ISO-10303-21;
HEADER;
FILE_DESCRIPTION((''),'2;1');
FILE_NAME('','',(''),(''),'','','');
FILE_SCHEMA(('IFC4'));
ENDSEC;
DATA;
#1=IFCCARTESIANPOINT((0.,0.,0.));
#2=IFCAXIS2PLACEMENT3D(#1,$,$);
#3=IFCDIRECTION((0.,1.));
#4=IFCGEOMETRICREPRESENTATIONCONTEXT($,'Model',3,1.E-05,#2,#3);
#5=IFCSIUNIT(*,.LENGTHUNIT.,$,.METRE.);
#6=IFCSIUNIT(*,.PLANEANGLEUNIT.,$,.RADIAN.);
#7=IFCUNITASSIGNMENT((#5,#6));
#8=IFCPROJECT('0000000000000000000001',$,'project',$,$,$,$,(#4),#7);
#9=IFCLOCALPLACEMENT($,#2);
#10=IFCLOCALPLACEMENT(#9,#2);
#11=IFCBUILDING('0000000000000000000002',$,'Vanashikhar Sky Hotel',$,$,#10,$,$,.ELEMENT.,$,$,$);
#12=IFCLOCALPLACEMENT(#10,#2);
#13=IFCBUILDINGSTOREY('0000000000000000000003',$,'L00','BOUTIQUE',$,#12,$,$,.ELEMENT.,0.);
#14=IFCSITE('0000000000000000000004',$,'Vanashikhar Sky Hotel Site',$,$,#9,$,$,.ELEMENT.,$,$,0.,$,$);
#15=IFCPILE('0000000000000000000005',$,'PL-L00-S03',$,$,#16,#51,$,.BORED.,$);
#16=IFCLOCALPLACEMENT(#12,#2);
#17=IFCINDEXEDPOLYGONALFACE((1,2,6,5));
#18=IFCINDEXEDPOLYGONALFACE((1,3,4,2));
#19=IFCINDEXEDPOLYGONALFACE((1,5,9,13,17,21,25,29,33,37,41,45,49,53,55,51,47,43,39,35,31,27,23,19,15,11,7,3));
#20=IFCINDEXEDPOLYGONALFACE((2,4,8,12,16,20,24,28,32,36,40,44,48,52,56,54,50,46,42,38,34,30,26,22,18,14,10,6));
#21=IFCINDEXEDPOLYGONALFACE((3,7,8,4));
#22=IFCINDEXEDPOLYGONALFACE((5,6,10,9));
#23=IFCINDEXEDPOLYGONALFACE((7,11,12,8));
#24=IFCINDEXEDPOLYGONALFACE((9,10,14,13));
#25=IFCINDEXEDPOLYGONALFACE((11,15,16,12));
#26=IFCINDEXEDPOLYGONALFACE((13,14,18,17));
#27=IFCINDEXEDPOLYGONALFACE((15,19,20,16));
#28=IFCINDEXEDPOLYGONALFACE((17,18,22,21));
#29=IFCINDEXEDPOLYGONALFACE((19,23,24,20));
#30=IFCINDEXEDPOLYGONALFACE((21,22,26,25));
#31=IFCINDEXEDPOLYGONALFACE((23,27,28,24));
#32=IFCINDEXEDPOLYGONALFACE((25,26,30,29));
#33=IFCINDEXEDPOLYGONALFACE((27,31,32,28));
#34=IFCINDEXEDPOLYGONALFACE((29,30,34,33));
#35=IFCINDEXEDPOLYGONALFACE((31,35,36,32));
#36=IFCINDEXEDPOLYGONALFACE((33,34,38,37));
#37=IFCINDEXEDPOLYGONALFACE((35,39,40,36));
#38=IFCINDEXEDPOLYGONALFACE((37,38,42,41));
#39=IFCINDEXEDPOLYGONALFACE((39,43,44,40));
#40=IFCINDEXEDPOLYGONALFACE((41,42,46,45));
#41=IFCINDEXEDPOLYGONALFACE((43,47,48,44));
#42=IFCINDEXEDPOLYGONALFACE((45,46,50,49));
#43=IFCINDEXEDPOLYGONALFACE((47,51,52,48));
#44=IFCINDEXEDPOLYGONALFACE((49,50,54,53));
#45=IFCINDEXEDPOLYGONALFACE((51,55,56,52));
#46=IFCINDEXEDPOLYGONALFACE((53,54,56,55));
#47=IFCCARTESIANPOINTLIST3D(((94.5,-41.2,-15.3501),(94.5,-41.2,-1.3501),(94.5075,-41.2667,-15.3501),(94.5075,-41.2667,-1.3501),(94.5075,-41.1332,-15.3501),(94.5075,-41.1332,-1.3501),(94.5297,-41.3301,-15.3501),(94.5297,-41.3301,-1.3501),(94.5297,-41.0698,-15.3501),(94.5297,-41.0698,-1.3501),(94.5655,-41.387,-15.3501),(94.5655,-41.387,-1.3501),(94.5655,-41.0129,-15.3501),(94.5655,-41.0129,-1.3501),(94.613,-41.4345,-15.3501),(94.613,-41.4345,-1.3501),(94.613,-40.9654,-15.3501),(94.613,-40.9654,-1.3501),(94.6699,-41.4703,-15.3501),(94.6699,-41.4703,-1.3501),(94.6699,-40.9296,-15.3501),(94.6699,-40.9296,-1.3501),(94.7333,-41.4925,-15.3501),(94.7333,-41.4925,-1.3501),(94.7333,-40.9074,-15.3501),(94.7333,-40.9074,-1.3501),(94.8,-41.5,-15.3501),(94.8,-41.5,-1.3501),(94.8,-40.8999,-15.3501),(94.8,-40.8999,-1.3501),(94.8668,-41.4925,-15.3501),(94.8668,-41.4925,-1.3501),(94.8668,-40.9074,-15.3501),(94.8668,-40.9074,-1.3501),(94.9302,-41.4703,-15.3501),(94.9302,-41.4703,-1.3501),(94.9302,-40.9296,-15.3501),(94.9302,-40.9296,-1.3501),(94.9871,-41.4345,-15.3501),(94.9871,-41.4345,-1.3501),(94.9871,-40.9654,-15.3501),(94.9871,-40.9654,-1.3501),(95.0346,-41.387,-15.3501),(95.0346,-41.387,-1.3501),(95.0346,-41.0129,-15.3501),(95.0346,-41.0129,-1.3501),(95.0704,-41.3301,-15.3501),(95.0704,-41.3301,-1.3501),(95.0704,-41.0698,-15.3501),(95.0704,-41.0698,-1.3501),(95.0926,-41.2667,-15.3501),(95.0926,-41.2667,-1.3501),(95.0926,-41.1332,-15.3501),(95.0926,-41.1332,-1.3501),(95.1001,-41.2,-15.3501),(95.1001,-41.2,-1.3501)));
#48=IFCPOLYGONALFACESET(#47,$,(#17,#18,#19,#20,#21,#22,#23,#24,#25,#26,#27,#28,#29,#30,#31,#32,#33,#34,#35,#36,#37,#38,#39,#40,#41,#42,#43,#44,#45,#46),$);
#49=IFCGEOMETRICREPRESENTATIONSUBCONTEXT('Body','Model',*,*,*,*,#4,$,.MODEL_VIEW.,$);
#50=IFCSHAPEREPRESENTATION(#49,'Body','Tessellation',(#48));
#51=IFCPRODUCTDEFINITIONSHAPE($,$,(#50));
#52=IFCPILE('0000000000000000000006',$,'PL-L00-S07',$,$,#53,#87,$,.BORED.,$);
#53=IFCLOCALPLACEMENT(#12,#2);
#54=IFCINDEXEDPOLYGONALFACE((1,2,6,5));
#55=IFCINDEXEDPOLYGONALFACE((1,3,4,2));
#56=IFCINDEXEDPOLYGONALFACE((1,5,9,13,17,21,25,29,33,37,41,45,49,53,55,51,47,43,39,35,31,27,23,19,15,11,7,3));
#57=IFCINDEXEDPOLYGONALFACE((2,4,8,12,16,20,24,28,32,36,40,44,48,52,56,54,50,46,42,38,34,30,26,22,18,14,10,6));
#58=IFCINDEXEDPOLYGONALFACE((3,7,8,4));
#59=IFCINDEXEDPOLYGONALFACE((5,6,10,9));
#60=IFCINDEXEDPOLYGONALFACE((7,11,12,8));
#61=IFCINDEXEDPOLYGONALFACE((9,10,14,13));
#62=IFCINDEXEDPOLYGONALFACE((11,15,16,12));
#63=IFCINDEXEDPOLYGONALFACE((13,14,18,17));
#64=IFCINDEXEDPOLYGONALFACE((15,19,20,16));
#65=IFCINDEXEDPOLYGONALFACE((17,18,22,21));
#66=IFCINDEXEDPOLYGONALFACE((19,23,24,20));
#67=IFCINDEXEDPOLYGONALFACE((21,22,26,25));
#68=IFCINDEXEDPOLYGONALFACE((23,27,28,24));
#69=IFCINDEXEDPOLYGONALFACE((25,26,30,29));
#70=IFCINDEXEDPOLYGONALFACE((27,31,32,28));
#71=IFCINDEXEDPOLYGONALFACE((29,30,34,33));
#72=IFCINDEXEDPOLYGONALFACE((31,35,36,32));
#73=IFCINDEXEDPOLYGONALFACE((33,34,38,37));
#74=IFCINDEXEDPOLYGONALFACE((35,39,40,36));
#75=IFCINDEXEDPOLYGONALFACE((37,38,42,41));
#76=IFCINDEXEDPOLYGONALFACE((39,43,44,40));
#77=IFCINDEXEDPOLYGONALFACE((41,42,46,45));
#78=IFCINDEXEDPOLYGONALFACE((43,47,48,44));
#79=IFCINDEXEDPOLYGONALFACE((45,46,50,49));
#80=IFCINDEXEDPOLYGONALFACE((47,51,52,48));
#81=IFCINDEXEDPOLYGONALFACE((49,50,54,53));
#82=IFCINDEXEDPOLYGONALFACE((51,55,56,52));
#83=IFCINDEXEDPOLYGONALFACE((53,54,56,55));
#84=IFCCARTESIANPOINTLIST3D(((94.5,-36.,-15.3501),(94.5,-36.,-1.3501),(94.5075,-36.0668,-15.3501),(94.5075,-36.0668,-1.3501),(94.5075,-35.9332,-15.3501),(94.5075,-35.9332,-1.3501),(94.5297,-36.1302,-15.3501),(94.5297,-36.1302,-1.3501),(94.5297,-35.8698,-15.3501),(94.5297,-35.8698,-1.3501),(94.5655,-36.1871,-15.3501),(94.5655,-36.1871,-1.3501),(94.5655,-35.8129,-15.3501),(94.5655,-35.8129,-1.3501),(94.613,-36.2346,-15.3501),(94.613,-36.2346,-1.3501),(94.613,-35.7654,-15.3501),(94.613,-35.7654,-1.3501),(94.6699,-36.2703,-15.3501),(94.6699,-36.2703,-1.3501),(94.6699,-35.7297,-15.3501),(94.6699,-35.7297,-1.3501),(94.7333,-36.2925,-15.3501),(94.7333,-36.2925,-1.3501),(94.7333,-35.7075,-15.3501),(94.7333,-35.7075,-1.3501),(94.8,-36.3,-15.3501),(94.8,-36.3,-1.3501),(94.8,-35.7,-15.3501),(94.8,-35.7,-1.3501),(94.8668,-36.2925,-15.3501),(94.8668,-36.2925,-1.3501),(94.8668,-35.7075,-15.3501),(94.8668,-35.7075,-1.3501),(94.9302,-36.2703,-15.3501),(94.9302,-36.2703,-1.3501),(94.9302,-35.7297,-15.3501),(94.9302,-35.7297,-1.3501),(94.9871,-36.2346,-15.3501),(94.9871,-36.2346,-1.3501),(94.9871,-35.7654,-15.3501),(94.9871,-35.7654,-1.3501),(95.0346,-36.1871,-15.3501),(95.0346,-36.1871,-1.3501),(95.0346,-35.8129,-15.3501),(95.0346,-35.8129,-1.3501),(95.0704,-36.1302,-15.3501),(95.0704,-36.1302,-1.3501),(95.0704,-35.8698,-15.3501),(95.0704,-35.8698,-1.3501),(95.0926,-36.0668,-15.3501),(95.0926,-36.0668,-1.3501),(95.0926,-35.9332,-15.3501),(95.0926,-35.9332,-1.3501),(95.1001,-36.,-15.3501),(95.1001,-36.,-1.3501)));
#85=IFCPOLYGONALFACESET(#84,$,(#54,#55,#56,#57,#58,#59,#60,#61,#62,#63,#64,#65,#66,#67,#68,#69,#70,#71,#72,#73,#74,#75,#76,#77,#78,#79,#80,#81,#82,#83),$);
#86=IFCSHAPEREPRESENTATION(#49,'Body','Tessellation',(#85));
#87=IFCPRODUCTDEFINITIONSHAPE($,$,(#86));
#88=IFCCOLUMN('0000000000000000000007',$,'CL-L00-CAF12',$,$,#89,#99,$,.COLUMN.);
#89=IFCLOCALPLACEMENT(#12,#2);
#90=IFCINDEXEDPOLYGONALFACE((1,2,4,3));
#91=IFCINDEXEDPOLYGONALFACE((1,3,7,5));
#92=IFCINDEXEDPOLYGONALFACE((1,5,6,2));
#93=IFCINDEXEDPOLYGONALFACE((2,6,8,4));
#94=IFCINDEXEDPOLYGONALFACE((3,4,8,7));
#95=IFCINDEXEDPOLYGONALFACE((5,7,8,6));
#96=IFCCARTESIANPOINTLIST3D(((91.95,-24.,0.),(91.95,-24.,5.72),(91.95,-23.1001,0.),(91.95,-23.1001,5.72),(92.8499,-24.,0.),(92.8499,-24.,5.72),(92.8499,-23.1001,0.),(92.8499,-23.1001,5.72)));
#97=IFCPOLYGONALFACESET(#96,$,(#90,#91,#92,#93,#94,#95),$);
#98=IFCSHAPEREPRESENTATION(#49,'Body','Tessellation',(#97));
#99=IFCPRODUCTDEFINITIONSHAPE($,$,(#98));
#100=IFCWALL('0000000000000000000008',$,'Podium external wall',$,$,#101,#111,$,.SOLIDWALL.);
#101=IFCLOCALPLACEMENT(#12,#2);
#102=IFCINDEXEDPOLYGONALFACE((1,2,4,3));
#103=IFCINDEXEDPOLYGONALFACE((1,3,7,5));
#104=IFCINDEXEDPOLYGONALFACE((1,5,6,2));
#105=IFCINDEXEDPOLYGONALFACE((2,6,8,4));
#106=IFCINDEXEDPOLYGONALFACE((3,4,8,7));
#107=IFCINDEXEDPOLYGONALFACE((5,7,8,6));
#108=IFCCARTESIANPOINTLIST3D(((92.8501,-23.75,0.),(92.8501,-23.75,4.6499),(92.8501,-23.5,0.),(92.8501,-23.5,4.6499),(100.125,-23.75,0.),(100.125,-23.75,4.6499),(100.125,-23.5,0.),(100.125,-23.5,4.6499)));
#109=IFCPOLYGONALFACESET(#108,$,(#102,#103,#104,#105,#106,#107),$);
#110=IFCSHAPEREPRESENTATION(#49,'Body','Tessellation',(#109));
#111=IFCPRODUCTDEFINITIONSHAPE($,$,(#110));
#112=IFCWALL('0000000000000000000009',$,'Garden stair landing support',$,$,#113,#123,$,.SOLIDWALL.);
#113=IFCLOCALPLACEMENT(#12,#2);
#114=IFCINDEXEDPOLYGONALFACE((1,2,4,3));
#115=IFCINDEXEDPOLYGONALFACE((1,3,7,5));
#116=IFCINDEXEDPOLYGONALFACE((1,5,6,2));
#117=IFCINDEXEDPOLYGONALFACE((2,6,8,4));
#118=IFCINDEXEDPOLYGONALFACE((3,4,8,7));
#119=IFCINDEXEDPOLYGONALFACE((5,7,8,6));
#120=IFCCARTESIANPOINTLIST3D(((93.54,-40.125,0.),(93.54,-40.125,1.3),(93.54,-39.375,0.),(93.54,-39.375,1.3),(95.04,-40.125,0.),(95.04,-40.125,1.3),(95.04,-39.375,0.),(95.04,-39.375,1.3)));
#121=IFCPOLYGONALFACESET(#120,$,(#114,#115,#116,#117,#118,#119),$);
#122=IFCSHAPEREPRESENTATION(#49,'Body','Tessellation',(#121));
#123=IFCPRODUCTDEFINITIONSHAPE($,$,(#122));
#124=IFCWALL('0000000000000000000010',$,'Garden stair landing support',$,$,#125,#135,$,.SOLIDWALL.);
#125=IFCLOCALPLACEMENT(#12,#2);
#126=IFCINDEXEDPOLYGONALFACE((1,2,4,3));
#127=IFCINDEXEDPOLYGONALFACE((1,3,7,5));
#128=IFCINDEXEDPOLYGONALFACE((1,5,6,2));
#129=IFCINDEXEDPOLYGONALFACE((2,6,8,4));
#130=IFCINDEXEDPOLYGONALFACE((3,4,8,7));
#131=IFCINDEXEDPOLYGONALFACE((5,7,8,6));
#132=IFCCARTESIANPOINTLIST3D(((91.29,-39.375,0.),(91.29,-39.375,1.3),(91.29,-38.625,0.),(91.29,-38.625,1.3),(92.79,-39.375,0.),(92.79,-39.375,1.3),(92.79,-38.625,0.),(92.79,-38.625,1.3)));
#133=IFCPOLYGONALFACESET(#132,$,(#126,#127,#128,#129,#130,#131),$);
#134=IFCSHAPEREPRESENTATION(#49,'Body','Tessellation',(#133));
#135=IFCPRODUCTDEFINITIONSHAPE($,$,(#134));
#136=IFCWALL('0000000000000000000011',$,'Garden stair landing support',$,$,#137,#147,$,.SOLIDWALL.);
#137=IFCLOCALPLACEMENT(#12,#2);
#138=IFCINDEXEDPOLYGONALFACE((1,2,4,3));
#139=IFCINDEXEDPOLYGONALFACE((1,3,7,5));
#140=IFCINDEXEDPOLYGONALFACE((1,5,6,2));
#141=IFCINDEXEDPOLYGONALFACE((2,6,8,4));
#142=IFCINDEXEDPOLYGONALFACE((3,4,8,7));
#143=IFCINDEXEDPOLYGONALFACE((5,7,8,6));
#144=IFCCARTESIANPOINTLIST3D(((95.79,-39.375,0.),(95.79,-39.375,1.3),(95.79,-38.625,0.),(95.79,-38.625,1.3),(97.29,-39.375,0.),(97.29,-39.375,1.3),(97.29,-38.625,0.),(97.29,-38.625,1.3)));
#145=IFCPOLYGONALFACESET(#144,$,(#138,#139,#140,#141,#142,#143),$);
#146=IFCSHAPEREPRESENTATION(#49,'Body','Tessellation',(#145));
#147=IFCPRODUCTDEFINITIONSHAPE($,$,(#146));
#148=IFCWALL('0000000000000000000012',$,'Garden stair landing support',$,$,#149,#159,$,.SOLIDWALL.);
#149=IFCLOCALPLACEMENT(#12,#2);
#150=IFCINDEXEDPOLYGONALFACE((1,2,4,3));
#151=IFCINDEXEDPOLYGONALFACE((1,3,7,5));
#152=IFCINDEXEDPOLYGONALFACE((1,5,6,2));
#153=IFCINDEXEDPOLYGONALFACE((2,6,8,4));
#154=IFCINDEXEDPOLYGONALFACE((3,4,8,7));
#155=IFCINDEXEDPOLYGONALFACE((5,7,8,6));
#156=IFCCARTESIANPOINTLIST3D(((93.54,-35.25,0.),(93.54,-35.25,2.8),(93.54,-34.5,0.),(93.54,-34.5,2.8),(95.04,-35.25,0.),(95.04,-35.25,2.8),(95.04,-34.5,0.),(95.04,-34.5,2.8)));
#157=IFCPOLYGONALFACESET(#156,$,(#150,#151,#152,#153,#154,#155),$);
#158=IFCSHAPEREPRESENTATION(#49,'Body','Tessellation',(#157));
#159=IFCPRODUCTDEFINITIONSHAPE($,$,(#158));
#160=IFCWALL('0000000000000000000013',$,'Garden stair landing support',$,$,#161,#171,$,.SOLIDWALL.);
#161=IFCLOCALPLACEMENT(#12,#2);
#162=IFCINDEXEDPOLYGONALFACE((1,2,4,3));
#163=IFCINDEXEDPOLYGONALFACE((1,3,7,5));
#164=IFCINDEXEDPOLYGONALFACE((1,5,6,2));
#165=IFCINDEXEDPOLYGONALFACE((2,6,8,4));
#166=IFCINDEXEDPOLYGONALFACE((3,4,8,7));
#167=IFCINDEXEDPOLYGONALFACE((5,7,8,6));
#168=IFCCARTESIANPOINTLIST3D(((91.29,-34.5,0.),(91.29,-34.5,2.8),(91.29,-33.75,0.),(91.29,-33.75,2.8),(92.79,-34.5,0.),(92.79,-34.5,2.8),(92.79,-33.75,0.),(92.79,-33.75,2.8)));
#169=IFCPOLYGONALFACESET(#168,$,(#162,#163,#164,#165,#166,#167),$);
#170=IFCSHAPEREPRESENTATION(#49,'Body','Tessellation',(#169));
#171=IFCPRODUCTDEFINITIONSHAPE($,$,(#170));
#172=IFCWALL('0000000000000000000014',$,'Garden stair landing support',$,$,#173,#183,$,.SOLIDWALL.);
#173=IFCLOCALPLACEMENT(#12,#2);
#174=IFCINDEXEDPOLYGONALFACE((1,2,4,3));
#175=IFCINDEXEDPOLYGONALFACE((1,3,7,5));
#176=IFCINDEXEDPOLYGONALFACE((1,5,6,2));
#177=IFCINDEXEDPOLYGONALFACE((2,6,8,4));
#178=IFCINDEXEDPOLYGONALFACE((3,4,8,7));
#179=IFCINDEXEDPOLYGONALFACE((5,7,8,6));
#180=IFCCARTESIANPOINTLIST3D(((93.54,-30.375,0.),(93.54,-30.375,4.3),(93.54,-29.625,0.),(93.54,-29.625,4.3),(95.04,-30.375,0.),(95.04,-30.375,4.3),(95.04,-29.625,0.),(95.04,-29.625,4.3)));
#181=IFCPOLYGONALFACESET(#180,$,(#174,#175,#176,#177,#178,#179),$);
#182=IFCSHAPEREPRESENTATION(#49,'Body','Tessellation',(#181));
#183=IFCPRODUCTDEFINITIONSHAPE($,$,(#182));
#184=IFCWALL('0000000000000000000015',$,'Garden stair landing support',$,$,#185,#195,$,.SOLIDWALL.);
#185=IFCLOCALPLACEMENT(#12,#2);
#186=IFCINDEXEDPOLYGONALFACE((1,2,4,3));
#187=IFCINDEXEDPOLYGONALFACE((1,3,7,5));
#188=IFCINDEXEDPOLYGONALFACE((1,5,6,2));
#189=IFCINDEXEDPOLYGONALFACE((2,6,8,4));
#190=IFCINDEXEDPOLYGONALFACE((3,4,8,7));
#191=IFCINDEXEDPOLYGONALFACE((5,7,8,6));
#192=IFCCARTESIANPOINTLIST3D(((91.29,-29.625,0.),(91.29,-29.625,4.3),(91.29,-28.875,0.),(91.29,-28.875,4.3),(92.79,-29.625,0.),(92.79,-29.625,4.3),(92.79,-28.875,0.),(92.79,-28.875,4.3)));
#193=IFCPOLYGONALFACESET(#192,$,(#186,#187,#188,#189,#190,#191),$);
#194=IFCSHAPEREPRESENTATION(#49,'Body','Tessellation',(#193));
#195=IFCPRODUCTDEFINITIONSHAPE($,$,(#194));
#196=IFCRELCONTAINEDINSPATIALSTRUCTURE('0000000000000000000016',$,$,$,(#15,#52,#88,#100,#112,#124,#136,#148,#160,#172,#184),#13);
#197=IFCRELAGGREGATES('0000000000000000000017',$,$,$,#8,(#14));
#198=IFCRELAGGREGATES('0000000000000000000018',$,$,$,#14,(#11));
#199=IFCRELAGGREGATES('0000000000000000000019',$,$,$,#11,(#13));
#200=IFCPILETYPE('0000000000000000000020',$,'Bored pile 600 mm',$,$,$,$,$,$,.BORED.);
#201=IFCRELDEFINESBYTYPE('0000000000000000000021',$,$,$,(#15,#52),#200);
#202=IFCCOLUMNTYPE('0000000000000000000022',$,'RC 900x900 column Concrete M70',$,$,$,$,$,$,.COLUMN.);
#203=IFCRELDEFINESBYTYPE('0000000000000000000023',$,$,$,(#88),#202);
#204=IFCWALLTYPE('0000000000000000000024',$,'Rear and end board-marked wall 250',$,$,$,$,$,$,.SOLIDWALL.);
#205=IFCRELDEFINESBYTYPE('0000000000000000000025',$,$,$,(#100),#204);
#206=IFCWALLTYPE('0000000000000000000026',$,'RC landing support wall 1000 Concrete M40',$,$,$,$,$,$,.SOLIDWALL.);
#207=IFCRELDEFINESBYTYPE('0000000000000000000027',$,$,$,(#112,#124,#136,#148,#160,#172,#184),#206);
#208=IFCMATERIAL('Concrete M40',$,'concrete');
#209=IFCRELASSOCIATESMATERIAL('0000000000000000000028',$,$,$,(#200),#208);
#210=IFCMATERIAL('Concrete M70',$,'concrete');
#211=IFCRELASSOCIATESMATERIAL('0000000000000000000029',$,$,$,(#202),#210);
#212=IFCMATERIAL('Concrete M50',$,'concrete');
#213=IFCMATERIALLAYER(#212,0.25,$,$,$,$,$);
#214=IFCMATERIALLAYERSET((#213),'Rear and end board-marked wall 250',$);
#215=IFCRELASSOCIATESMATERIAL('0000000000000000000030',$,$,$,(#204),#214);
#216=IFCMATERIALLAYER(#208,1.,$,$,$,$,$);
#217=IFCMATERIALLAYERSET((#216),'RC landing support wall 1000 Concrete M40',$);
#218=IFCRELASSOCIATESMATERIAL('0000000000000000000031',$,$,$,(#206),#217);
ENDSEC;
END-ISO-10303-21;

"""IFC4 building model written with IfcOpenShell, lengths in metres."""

from ifc_helpers import new_model, si_unit, direction, frame, frame_2d, origin, origin_2d, place, context, subcontext, project, spatial, rectangle, circle, extrude, source, transform, mapped, material, layer, layer_set, material_profile, profile_set, type_object, element, save


model = new_model("IFC4")

# Units and contexts
model_context = context("Model", 3, precision=1e-05, world=origin(), true_north=direction((0.0, 1.0)))
body_context = subcontext(model_context, "Body", "Model", "MODEL_VIEW")
ifc_project = project(units=[si_unit("LENGTHUNIT", "METRE"), si_unit("PLANEANGLEUNIT", "RADIAN")], contexts=[model_context])

# Site, building, storey
site_placement = place(None, origin())
site = spatial("IfcSite", under=ifc_project, at=site_placement, Name="Vanashikhar Sky Hotel Site", CompositionType="ELEMENT", RefElevation=0.0)
building_placement = place(site_placement, origin())
building = spatial("IfcBuilding", under=site, at=building_placement, Name="Vanashikhar Sky Hotel", CompositionType="ELEMENT")
storey_placement = place(building_placement, origin())
storey = spatial("IfcBuildingStorey", under=building, at=storey_placement, Name="L00", Description="BOUTIQUE", CompositionType="ELEMENT", Elevation=0.0)

# Piles
ifc_material_1 = material(Name="Concrete M40", Category="concrete")
pile_type = type_object("IfcPileType", Name="Bored pile 600 mm", PredefinedType="BORED", material=ifc_material_1)
shared_shape_1 = source(origin(), body_context, "Body", "SweptSolid", [
    extrude(circle(Radius=0.3, at=origin_2d()), origin(), (0.0, 0.0, 1.0), 14.0),
])
for number, where, z_axis, x_axis, name in (
    (1, (94.8, -41.2, -1.3501), (0.0, 0.0, -1.0), (1.0, 0.0, 0.0), "PL-L00-S03"),
    (2, (94.8, -36.0, -1.3501), (0.0, 0.0, -1.0), (1.0, 0.0, 0.0), "PL-L00-S07"),
):
    element("IfcPile", number, at=place(storey_placement, frame(where, z_axis=z_axis, x_axis=x_axis)), inside=storey, type_object=pile_type, Name=name, PredefinedType="BORED", context=body_context, shape_type="MappedRepresentation", body=[
        mapped(shared_shape_1, transform((0.0, 0.0, 0.0), scale=1.0)),
    ])

# Column
ifc_material_2 = material(Name="Concrete M70", Category="concrete")
ifc_material_profile = material_profile(ifc_material_2, rectangle(XDim=0.8999, YDim=0.8999, at=origin_2d()))
ifc_profile_set = profile_set([ifc_material_profile], Name="RC 900x900 column Concrete M70")
column_type = type_object("IfcColumnType", Name="RC 900x900 column Concrete M70", PredefinedType="COLUMN", material=ifc_profile_set)
shared_shape_2 = source(origin(), body_context, "Body", "SweptSolid", [
    extrude(rectangle(XDim=0.8999, YDim=0.8999, at=origin_2d()), origin(), (0.0, 0.0, 1.0), 5.72),
])
column_placement = place(storey_placement, frame((92.3999, -23.55, 0.0), z_axis=(0.0, 0.0, 1.0), x_axis=(1.0, 0.0, 0.0)))
element("IfcColumn", 3, at=column_placement, inside=storey, type_object=column_type, Name="CL-L00-CAF12", PredefinedType="COLUMN", context=body_context, shape_type="MappedRepresentation", body=[
    mapped(shared_shape_2, transform((0.0, 0.0, 0.0), scale=1.0)),
])

# Walls
ifc_material_3 = material(Name="Concrete M50", Category="concrete")
ifc_layer_1 = layer(ifc_material_3, 0.25)
ifc_layer_set_1 = layer_set([ifc_layer_1], Name="Rear and end board-marked wall 250")
wall_type_1 = type_object("IfcWallType", Name="Rear and end board-marked wall 250", PredefinedType="SOLIDWALL", material=ifc_layer_set_1)
shared_shape_3 = source(origin(), body_context, "Body", "SweptSolid", [
    extrude(rectangle(XDim=7.2749, YDim=0.25, at=frame_2d((3.6375, 0.0))), origin(), (0.0, 0.0, 1.0), 4.6499),
])
wall_placement = place(storey_placement, frame((92.8501, -23.625, 0.0), z_axis=(0.0, 0.0, 1.0), x_axis=(1.0, 0.0, 0.0)))
element("IfcWall", 4, at=wall_placement, inside=storey, type_object=wall_type_1, Name="Podium external wall", PredefinedType="SOLIDWALL", context=body_context, shape_type="MappedRepresentation", body=[
    mapped(shared_shape_3, transform((0.0, 0.0, 0.0), scale=1.0)),
])
ifc_layer_2 = layer(ifc_material_1, 1.0)
ifc_layer_set_2 = layer_set([ifc_layer_2], Name="RC landing support wall 1000 Concrete M40")
wall_type_2 = type_object("IfcWallType", Name="RC landing support wall 1000 Concrete M40", PredefinedType="SOLIDWALL", material=ifc_layer_set_2)
shared_shape_4 = source(origin(), body_context, "Body", "SweptSolid", [
    extrude(rectangle(XDim=1.5, YDim=0.75, at=frame_2d((0.75, 0.0))), origin(), (0.0, 0.0, 1.0), 1.3),
])
for number, where, z_axis, x_axis, name in (
    (5, (93.54, -39.75, 0.0), (0.0, 0.0, 1.0), (1.0, 0.0, 0.0), "Garden stair landing support"),
    (6, (91.29, -39.0, 0.0), (0.0, 0.0, 1.0), (1.0, 0.0, 0.0), "Garden stair landing support"),
    (7, (95.79, -39.0, 0.0), (0.0, 0.0, 1.0), (1.0, 0.0, 0.0), "Garden stair landing support"),
):
    element("IfcWall", number, at=place(storey_placement, frame(where, z_axis=z_axis, x_axis=x_axis)), inside=storey, type_object=wall_type_2, Name=name, PredefinedType="SOLIDWALL", context=body_context, shape_type="MappedRepresentation", body=[
        mapped(shared_shape_4, transform((0.0, 0.0, 0.0), scale=1.0)),
    ])
shared_shape_5 = source(origin(), body_context, "Body", "SweptSolid", [
    extrude(rectangle(XDim=1.5, YDim=0.75, at=frame_2d((0.75, 0.0))), origin(), (0.0, 0.0, 1.0), 2.8),
])
for number, where, z_axis, x_axis, name in (
    (8, (93.54, -34.875, 0.0), (0.0, 0.0, 1.0), (1.0, 0.0, 0.0), "Garden stair landing support"),
    (9, (91.29, -34.125, 0.0), (0.0, 0.0, 1.0), (1.0, 0.0, 0.0), "Garden stair landing support"),
):
    element("IfcWall", number, at=place(storey_placement, frame(where, z_axis=z_axis, x_axis=x_axis)), inside=storey, type_object=wall_type_2, Name=name, PredefinedType="SOLIDWALL", context=body_context, shape_type="MappedRepresentation", body=[
        mapped(shared_shape_5, transform((0.0, 0.0, 0.0), scale=1.0)),
    ])
shared_shape_6 = source(origin(), body_context, "Body", "SweptSolid", [
    extrude(rectangle(XDim=1.5, YDim=0.75, at=frame_2d((0.75, 0.0))), origin(), (0.0, 0.0, 1.0), 4.3),
])
for number, where, z_axis, x_axis, name in (
    (10, (93.54, -30.0, 0.0), (0.0, 0.0, 1.0), (1.0, 0.0, 0.0), "Garden stair landing support"),
    (11, (91.29, -29.25, 0.0), (0.0, 0.0, 1.0), (1.0, 0.0, 0.0), "Garden stair landing support"),
):
    element("IfcWall", number, at=place(storey_placement, frame(where, z_axis=z_axis, x_axis=x_axis)), inside=storey, type_object=wall_type_2, Name=name, PredefinedType="SOLIDWALL", context=body_context, shape_type="MappedRepresentation", body=[
        mapped(shared_shape_6, transform((0.0, 0.0, 0.0), scale=1.0)),
    ])

save(model, "model.ifc")
